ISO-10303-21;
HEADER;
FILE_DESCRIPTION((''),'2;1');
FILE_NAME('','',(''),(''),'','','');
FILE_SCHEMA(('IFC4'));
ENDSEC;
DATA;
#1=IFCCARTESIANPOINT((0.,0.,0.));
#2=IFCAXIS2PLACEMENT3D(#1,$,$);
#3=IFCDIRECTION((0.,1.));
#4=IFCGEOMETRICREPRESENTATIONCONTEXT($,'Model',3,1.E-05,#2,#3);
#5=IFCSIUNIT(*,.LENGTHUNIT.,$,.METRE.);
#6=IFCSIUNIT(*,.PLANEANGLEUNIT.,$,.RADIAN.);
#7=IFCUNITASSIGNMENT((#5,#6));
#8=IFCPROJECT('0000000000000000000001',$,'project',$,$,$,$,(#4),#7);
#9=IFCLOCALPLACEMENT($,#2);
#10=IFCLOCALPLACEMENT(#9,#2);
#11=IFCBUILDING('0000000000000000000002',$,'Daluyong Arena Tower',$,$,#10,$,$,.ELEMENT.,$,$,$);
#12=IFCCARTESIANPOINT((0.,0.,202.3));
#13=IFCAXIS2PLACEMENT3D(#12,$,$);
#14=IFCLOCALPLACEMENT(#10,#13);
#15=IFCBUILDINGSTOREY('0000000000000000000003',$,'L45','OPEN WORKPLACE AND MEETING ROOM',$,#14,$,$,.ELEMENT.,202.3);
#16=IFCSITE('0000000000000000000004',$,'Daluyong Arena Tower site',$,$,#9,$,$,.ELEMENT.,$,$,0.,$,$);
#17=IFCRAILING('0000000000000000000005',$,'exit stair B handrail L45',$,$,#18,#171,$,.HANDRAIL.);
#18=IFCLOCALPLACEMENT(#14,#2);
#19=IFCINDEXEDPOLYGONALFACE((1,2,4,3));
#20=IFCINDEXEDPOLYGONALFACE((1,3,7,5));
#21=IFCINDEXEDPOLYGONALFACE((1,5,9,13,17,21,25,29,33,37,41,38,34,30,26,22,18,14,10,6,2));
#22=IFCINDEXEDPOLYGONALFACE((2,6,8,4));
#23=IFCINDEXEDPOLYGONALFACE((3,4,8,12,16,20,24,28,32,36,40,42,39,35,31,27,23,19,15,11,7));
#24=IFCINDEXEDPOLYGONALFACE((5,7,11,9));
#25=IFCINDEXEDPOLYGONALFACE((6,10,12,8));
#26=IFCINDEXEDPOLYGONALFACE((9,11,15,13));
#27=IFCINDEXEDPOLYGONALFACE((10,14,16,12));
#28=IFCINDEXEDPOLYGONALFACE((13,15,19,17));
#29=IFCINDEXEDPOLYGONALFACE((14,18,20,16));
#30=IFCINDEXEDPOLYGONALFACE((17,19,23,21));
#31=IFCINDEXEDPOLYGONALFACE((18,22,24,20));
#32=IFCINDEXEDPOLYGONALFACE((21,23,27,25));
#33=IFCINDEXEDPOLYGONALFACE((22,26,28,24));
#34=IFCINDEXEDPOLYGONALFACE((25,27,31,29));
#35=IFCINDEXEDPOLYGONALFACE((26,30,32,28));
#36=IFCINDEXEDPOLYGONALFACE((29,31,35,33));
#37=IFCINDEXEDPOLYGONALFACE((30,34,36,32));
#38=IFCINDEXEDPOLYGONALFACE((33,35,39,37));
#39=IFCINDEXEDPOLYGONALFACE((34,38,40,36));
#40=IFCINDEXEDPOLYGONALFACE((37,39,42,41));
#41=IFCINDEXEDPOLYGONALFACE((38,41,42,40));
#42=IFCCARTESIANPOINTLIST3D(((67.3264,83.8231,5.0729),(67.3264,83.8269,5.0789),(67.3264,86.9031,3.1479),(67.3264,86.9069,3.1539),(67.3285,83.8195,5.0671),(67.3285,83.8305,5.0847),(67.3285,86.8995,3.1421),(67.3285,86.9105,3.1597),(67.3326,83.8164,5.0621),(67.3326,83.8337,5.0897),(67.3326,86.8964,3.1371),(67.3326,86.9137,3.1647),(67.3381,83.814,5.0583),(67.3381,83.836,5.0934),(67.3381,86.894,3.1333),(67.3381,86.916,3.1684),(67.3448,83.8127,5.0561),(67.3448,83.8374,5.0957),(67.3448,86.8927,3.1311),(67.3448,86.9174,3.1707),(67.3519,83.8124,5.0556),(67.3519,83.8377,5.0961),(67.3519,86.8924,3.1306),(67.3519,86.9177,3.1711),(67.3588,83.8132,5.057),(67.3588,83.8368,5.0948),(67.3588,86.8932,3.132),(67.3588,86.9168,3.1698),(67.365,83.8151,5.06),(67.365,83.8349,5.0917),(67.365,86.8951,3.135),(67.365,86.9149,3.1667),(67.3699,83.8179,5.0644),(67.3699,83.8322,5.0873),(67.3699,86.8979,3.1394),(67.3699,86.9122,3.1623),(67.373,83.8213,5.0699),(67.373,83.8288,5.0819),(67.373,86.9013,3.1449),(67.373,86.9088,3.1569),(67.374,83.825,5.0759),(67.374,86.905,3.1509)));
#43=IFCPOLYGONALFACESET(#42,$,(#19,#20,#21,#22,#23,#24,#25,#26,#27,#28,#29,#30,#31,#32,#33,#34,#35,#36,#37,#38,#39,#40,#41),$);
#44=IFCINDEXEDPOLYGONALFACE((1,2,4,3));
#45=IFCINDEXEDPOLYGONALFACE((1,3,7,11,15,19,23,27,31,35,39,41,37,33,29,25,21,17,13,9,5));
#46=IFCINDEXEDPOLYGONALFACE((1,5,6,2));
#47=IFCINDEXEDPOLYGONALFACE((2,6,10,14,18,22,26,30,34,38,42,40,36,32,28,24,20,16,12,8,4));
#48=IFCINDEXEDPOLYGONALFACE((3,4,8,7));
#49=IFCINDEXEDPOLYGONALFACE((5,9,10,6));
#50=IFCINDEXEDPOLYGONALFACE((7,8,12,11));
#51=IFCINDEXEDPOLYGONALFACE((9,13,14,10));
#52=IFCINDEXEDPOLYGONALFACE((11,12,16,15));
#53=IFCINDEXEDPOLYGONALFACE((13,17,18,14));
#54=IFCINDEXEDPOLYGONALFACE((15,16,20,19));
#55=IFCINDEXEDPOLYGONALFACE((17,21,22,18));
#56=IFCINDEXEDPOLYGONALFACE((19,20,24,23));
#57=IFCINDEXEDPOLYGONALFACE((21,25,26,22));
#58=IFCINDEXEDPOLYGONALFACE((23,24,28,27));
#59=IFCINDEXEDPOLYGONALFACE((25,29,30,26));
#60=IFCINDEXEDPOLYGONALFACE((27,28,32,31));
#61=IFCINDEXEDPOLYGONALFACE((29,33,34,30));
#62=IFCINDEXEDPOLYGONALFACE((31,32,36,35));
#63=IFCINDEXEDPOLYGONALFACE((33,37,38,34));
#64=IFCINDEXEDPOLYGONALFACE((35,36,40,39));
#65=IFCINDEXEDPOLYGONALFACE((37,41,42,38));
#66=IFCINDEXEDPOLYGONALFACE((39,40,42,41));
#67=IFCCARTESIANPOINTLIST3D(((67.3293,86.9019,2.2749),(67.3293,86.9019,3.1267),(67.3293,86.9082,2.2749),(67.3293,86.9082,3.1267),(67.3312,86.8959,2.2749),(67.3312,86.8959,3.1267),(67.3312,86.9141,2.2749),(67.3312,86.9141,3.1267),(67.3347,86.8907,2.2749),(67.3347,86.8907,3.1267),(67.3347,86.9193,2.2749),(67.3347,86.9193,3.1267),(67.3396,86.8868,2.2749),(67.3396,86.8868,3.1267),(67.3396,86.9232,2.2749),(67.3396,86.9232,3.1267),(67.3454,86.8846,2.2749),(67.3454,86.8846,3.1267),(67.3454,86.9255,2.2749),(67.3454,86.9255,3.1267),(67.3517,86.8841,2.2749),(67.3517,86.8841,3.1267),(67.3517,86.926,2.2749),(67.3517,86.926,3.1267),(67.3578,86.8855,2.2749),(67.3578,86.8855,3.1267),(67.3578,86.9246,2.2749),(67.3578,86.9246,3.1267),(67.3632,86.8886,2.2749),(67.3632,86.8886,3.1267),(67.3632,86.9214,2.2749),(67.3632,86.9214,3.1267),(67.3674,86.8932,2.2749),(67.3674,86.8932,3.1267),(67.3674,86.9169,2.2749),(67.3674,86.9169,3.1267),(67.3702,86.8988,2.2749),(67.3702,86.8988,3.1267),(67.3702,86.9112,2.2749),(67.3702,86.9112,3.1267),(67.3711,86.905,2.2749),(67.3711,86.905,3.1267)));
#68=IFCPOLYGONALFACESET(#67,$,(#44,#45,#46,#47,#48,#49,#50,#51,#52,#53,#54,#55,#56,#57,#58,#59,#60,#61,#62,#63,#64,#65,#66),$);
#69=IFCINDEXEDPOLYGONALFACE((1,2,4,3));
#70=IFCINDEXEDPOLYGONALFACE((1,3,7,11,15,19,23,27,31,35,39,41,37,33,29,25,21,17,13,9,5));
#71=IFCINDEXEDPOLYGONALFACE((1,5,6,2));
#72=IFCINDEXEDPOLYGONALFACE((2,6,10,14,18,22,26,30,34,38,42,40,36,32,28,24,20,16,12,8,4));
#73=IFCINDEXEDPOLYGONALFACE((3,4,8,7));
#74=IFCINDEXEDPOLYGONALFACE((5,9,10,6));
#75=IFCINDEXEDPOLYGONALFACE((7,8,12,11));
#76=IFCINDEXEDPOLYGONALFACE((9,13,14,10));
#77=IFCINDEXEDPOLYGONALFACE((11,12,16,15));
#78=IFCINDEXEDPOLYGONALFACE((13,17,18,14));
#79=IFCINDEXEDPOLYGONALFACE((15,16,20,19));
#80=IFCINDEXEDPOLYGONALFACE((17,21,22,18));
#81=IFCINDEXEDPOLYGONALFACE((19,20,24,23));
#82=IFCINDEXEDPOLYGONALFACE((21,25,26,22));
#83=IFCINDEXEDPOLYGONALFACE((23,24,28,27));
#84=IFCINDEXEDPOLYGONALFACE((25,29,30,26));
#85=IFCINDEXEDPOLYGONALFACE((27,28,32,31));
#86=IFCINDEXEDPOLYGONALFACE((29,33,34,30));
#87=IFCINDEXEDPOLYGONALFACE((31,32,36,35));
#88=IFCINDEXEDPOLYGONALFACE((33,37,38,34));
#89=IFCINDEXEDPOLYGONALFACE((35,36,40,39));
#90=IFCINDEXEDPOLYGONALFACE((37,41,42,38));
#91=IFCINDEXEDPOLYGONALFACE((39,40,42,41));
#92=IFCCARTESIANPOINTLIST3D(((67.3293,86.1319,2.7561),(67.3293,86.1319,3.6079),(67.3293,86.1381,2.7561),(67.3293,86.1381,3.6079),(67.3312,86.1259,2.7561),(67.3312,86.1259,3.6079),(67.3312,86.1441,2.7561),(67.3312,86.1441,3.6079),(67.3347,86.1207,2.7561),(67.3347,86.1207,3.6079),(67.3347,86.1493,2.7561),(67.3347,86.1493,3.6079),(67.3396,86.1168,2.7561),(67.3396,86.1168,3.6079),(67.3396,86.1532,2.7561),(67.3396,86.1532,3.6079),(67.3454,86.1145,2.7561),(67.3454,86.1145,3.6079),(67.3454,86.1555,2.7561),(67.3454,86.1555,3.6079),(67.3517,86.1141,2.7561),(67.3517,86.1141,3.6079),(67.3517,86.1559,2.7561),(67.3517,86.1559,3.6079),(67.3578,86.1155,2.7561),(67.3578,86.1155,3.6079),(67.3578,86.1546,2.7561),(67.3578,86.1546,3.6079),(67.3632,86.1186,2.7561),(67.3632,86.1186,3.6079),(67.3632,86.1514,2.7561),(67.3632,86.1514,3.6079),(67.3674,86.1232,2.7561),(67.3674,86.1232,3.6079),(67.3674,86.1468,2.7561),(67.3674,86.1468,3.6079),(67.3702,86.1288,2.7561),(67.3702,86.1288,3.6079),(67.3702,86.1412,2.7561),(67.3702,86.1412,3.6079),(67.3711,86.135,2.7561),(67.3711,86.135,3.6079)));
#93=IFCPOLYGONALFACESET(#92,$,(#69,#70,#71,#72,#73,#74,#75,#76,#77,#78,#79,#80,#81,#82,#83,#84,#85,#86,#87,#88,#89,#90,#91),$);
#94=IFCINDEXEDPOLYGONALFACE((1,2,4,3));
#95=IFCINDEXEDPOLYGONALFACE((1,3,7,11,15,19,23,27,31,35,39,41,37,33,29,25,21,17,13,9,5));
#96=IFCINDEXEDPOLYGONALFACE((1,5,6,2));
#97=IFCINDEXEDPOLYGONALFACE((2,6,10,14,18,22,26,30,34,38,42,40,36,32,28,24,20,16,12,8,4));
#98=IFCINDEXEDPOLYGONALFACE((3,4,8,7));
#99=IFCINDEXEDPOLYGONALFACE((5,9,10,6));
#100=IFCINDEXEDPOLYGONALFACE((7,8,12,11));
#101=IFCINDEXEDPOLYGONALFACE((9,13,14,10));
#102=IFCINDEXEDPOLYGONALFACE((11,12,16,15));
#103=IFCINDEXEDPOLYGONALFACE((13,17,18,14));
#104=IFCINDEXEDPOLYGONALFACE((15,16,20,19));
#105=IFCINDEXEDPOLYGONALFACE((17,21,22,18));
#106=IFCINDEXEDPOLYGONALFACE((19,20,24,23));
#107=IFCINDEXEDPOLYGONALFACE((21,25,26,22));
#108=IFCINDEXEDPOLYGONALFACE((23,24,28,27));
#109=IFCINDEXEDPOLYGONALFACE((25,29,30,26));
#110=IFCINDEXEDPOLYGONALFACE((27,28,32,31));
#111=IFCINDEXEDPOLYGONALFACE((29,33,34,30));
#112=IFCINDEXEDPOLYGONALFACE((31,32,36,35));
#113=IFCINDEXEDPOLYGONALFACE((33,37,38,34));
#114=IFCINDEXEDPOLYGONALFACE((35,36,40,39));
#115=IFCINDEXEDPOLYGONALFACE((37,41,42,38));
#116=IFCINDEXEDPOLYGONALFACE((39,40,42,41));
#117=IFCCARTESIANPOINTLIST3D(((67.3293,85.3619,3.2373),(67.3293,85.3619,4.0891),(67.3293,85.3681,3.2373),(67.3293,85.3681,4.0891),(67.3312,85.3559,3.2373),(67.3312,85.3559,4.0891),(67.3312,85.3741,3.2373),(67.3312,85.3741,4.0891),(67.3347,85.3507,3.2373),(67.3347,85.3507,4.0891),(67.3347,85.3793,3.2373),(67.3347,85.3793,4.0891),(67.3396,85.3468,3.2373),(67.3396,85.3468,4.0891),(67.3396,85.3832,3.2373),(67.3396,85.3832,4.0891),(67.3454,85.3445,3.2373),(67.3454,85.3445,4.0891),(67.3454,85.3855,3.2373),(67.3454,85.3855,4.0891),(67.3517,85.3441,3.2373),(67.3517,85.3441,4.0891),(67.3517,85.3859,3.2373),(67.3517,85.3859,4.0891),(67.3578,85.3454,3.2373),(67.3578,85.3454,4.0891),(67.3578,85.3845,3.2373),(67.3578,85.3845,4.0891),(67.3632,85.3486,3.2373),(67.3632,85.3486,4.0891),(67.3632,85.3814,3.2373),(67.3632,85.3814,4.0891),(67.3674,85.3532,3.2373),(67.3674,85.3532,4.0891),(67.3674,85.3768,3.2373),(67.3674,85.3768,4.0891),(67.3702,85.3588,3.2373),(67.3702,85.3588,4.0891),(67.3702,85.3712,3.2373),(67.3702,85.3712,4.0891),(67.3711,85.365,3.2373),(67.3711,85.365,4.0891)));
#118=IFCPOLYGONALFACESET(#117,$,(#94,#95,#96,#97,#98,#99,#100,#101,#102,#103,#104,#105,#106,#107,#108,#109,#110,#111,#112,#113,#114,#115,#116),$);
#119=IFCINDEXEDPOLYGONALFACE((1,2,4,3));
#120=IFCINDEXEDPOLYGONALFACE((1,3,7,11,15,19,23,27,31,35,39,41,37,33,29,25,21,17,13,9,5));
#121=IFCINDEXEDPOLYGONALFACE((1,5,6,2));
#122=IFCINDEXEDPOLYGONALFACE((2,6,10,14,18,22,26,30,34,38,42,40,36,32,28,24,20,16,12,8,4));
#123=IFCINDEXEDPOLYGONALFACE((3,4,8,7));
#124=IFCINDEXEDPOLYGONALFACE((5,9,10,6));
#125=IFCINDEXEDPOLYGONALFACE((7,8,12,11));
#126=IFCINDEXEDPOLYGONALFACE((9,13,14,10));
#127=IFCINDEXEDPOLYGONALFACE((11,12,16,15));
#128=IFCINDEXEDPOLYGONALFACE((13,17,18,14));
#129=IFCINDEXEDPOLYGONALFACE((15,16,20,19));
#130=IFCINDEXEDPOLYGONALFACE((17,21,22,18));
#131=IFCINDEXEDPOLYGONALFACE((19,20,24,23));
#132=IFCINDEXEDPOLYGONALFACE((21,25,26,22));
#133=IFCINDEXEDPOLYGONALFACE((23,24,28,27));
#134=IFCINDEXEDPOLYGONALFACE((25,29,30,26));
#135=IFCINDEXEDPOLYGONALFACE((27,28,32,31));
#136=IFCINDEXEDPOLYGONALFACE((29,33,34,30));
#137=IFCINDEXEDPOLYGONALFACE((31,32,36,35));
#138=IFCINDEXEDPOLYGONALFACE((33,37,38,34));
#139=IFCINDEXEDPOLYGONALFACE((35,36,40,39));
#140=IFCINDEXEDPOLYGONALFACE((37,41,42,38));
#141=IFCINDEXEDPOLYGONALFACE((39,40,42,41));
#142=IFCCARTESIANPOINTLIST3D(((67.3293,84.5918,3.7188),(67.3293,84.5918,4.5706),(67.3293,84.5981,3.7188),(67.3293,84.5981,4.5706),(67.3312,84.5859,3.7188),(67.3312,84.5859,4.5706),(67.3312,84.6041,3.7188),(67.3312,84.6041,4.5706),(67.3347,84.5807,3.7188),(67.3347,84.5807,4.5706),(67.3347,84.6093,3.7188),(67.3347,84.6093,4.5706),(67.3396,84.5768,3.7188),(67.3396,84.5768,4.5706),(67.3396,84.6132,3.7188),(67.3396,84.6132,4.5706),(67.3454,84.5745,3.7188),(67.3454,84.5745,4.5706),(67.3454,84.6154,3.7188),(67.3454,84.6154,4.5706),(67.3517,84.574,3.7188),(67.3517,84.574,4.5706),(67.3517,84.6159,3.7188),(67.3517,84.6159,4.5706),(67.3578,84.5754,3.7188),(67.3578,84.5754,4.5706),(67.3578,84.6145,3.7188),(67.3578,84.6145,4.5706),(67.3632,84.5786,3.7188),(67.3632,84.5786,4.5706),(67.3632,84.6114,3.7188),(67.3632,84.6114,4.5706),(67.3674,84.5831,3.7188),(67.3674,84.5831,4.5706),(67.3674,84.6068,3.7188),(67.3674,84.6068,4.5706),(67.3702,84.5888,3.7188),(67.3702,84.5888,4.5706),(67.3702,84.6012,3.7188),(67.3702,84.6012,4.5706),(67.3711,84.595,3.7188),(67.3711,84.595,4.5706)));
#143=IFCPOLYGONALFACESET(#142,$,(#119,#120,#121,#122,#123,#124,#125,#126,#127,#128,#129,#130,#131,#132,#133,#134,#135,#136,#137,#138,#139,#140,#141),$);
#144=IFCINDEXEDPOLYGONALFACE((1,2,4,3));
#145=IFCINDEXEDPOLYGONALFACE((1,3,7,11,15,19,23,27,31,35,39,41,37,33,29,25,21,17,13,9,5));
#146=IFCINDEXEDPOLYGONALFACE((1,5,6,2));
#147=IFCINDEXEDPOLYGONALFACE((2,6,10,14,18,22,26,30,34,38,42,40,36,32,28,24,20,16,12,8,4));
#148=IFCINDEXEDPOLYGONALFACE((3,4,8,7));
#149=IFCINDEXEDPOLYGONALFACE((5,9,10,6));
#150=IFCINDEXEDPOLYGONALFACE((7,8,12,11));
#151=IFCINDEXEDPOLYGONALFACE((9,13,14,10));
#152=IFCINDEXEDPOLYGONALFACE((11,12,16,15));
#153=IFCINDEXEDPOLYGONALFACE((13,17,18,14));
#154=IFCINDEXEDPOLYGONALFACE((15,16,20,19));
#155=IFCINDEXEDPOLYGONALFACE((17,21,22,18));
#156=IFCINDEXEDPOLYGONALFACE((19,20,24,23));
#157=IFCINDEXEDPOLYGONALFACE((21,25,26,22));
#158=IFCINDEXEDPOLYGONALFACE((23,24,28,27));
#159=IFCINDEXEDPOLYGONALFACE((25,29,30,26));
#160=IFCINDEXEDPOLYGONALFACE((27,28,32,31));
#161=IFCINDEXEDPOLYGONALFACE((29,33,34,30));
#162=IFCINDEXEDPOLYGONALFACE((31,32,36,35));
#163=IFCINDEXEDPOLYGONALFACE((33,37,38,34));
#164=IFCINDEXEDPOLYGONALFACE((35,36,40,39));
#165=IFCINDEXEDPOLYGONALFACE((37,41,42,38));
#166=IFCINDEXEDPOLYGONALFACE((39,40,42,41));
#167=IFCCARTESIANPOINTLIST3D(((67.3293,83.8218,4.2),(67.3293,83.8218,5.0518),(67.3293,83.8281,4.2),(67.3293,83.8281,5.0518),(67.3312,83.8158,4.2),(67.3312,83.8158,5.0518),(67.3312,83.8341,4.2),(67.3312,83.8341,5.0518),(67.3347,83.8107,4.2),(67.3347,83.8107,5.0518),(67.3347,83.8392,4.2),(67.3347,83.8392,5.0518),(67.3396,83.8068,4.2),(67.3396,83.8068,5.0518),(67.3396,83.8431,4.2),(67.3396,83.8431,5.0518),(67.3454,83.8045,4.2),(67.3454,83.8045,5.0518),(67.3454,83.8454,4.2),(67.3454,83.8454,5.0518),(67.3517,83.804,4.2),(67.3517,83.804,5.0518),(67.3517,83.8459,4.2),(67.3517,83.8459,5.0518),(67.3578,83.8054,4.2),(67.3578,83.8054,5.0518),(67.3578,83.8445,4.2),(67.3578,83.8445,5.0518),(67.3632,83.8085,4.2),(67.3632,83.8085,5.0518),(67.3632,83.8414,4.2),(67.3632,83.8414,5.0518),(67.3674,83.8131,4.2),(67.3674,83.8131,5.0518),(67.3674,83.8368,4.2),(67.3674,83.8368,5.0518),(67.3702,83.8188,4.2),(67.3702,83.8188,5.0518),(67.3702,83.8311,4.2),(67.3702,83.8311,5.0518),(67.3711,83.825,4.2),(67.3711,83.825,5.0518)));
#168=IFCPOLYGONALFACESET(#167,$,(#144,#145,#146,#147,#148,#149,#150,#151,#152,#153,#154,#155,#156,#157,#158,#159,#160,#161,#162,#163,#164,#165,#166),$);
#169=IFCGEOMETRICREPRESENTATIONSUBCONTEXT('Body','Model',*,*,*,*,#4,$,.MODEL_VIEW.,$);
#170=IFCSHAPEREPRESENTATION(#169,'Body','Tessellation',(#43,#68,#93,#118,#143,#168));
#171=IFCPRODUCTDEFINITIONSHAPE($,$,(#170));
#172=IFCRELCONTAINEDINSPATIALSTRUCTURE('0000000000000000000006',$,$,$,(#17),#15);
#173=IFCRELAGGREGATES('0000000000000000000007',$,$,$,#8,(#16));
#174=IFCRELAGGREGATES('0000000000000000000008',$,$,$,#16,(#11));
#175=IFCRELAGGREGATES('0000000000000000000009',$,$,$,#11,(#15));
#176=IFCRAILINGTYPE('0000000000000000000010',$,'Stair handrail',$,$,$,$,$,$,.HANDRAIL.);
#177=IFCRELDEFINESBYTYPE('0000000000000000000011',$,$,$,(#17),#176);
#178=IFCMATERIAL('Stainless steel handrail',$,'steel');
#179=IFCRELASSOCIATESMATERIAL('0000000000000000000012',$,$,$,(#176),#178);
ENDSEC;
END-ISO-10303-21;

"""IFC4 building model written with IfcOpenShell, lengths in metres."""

from ifc_helpers import new_model, si_unit, direction, frame, origin, origin_2d, place, context, subcontext, project, spatial, circle, extrude, material, type_object, element, save


model = new_model("IFC4")

# Units and contexts
model_context = context("Model", 3, precision=1e-05, world=origin(), true_north=direction((0.0, 1.0)))
body_context = subcontext(model_context, "Body", "Model", "MODEL_VIEW")
ifc_project = project(units=[si_unit("LENGTHUNIT", "METRE"), si_unit("PLANEANGLEUNIT", "RADIAN")], contexts=[model_context])

# Site, building, storey
site_placement = place(None, origin())
site = spatial("IfcSite", under=ifc_project, at=site_placement, Name="Daluyong Arena Tower site", CompositionType="ELEMENT", RefElevation=0.0)
building_placement = place(site_placement, origin())
building = spatial("IfcBuilding", under=site, at=building_placement, Name="Daluyong Arena Tower", CompositionType="ELEMENT")
storey_placement = place(building_placement, frame((0.0, 0.0, 202.3)))
storey = spatial("IfcBuildingStorey", under=building, at=storey_placement, Name="L45", Description="OPEN WORKPLACE AND MEETING ROOM", CompositionType="ELEMENT", Elevation=202.3)

# Railing
ifc_material_1 = material(Name="Stainless steel handrail", Category="steel")
railing_type_1 = type_object("IfcRailingType", Name="Stair handrail", PredefinedType="HANDRAIL", material=ifc_material_1)
railing_1_placement = place(storey_placement, frame((67.3501, 86.905, 2.2749)))
element("IfcRailing", 1, at=railing_1_placement, inside=storey, type_object=railing_type_1, Name="exit stair B handrail L45", PredefinedType="HANDRAIL", context=body_context, shape_type="SweptSolid", body=[
    extrude(circle(Radius=0.0239, at=origin_2d()), frame((0.0, 0.0, 0.876), z_axis=(0.0, -0.847998, 0.529999), x_axis=(1.0, 0.0, 0.0)), (0.0, 0.0, 1.0), 3.6321),
    extrude(circle(Radius=0.021, at=origin_2d()), origin(), (0.0, 0.0, 1.0), 0.8518),
    extrude(circle(Radius=0.021, at=origin_2d()), frame((0.0, -0.77, 0.4812)), (0.0, 0.0, 1.0), 0.8518),
    extrude(circle(Radius=0.021, at=origin_2d()), frame((0.0, -1.54, 0.9624)), (0.0, 0.0, 1.0), 0.8518),
    extrude(circle(Radius=0.021, at=origin_2d()), frame((0.0, -2.3101, 1.4438)), (0.0, 0.0, 1.0), 0.8518),
    extrude(circle(Radius=0.021, at=origin_2d()), frame((0.0, -3.0801, 1.925)), (0.0, 0.0, 1.0), 0.8518),
])

save(model, "model.ifc")
